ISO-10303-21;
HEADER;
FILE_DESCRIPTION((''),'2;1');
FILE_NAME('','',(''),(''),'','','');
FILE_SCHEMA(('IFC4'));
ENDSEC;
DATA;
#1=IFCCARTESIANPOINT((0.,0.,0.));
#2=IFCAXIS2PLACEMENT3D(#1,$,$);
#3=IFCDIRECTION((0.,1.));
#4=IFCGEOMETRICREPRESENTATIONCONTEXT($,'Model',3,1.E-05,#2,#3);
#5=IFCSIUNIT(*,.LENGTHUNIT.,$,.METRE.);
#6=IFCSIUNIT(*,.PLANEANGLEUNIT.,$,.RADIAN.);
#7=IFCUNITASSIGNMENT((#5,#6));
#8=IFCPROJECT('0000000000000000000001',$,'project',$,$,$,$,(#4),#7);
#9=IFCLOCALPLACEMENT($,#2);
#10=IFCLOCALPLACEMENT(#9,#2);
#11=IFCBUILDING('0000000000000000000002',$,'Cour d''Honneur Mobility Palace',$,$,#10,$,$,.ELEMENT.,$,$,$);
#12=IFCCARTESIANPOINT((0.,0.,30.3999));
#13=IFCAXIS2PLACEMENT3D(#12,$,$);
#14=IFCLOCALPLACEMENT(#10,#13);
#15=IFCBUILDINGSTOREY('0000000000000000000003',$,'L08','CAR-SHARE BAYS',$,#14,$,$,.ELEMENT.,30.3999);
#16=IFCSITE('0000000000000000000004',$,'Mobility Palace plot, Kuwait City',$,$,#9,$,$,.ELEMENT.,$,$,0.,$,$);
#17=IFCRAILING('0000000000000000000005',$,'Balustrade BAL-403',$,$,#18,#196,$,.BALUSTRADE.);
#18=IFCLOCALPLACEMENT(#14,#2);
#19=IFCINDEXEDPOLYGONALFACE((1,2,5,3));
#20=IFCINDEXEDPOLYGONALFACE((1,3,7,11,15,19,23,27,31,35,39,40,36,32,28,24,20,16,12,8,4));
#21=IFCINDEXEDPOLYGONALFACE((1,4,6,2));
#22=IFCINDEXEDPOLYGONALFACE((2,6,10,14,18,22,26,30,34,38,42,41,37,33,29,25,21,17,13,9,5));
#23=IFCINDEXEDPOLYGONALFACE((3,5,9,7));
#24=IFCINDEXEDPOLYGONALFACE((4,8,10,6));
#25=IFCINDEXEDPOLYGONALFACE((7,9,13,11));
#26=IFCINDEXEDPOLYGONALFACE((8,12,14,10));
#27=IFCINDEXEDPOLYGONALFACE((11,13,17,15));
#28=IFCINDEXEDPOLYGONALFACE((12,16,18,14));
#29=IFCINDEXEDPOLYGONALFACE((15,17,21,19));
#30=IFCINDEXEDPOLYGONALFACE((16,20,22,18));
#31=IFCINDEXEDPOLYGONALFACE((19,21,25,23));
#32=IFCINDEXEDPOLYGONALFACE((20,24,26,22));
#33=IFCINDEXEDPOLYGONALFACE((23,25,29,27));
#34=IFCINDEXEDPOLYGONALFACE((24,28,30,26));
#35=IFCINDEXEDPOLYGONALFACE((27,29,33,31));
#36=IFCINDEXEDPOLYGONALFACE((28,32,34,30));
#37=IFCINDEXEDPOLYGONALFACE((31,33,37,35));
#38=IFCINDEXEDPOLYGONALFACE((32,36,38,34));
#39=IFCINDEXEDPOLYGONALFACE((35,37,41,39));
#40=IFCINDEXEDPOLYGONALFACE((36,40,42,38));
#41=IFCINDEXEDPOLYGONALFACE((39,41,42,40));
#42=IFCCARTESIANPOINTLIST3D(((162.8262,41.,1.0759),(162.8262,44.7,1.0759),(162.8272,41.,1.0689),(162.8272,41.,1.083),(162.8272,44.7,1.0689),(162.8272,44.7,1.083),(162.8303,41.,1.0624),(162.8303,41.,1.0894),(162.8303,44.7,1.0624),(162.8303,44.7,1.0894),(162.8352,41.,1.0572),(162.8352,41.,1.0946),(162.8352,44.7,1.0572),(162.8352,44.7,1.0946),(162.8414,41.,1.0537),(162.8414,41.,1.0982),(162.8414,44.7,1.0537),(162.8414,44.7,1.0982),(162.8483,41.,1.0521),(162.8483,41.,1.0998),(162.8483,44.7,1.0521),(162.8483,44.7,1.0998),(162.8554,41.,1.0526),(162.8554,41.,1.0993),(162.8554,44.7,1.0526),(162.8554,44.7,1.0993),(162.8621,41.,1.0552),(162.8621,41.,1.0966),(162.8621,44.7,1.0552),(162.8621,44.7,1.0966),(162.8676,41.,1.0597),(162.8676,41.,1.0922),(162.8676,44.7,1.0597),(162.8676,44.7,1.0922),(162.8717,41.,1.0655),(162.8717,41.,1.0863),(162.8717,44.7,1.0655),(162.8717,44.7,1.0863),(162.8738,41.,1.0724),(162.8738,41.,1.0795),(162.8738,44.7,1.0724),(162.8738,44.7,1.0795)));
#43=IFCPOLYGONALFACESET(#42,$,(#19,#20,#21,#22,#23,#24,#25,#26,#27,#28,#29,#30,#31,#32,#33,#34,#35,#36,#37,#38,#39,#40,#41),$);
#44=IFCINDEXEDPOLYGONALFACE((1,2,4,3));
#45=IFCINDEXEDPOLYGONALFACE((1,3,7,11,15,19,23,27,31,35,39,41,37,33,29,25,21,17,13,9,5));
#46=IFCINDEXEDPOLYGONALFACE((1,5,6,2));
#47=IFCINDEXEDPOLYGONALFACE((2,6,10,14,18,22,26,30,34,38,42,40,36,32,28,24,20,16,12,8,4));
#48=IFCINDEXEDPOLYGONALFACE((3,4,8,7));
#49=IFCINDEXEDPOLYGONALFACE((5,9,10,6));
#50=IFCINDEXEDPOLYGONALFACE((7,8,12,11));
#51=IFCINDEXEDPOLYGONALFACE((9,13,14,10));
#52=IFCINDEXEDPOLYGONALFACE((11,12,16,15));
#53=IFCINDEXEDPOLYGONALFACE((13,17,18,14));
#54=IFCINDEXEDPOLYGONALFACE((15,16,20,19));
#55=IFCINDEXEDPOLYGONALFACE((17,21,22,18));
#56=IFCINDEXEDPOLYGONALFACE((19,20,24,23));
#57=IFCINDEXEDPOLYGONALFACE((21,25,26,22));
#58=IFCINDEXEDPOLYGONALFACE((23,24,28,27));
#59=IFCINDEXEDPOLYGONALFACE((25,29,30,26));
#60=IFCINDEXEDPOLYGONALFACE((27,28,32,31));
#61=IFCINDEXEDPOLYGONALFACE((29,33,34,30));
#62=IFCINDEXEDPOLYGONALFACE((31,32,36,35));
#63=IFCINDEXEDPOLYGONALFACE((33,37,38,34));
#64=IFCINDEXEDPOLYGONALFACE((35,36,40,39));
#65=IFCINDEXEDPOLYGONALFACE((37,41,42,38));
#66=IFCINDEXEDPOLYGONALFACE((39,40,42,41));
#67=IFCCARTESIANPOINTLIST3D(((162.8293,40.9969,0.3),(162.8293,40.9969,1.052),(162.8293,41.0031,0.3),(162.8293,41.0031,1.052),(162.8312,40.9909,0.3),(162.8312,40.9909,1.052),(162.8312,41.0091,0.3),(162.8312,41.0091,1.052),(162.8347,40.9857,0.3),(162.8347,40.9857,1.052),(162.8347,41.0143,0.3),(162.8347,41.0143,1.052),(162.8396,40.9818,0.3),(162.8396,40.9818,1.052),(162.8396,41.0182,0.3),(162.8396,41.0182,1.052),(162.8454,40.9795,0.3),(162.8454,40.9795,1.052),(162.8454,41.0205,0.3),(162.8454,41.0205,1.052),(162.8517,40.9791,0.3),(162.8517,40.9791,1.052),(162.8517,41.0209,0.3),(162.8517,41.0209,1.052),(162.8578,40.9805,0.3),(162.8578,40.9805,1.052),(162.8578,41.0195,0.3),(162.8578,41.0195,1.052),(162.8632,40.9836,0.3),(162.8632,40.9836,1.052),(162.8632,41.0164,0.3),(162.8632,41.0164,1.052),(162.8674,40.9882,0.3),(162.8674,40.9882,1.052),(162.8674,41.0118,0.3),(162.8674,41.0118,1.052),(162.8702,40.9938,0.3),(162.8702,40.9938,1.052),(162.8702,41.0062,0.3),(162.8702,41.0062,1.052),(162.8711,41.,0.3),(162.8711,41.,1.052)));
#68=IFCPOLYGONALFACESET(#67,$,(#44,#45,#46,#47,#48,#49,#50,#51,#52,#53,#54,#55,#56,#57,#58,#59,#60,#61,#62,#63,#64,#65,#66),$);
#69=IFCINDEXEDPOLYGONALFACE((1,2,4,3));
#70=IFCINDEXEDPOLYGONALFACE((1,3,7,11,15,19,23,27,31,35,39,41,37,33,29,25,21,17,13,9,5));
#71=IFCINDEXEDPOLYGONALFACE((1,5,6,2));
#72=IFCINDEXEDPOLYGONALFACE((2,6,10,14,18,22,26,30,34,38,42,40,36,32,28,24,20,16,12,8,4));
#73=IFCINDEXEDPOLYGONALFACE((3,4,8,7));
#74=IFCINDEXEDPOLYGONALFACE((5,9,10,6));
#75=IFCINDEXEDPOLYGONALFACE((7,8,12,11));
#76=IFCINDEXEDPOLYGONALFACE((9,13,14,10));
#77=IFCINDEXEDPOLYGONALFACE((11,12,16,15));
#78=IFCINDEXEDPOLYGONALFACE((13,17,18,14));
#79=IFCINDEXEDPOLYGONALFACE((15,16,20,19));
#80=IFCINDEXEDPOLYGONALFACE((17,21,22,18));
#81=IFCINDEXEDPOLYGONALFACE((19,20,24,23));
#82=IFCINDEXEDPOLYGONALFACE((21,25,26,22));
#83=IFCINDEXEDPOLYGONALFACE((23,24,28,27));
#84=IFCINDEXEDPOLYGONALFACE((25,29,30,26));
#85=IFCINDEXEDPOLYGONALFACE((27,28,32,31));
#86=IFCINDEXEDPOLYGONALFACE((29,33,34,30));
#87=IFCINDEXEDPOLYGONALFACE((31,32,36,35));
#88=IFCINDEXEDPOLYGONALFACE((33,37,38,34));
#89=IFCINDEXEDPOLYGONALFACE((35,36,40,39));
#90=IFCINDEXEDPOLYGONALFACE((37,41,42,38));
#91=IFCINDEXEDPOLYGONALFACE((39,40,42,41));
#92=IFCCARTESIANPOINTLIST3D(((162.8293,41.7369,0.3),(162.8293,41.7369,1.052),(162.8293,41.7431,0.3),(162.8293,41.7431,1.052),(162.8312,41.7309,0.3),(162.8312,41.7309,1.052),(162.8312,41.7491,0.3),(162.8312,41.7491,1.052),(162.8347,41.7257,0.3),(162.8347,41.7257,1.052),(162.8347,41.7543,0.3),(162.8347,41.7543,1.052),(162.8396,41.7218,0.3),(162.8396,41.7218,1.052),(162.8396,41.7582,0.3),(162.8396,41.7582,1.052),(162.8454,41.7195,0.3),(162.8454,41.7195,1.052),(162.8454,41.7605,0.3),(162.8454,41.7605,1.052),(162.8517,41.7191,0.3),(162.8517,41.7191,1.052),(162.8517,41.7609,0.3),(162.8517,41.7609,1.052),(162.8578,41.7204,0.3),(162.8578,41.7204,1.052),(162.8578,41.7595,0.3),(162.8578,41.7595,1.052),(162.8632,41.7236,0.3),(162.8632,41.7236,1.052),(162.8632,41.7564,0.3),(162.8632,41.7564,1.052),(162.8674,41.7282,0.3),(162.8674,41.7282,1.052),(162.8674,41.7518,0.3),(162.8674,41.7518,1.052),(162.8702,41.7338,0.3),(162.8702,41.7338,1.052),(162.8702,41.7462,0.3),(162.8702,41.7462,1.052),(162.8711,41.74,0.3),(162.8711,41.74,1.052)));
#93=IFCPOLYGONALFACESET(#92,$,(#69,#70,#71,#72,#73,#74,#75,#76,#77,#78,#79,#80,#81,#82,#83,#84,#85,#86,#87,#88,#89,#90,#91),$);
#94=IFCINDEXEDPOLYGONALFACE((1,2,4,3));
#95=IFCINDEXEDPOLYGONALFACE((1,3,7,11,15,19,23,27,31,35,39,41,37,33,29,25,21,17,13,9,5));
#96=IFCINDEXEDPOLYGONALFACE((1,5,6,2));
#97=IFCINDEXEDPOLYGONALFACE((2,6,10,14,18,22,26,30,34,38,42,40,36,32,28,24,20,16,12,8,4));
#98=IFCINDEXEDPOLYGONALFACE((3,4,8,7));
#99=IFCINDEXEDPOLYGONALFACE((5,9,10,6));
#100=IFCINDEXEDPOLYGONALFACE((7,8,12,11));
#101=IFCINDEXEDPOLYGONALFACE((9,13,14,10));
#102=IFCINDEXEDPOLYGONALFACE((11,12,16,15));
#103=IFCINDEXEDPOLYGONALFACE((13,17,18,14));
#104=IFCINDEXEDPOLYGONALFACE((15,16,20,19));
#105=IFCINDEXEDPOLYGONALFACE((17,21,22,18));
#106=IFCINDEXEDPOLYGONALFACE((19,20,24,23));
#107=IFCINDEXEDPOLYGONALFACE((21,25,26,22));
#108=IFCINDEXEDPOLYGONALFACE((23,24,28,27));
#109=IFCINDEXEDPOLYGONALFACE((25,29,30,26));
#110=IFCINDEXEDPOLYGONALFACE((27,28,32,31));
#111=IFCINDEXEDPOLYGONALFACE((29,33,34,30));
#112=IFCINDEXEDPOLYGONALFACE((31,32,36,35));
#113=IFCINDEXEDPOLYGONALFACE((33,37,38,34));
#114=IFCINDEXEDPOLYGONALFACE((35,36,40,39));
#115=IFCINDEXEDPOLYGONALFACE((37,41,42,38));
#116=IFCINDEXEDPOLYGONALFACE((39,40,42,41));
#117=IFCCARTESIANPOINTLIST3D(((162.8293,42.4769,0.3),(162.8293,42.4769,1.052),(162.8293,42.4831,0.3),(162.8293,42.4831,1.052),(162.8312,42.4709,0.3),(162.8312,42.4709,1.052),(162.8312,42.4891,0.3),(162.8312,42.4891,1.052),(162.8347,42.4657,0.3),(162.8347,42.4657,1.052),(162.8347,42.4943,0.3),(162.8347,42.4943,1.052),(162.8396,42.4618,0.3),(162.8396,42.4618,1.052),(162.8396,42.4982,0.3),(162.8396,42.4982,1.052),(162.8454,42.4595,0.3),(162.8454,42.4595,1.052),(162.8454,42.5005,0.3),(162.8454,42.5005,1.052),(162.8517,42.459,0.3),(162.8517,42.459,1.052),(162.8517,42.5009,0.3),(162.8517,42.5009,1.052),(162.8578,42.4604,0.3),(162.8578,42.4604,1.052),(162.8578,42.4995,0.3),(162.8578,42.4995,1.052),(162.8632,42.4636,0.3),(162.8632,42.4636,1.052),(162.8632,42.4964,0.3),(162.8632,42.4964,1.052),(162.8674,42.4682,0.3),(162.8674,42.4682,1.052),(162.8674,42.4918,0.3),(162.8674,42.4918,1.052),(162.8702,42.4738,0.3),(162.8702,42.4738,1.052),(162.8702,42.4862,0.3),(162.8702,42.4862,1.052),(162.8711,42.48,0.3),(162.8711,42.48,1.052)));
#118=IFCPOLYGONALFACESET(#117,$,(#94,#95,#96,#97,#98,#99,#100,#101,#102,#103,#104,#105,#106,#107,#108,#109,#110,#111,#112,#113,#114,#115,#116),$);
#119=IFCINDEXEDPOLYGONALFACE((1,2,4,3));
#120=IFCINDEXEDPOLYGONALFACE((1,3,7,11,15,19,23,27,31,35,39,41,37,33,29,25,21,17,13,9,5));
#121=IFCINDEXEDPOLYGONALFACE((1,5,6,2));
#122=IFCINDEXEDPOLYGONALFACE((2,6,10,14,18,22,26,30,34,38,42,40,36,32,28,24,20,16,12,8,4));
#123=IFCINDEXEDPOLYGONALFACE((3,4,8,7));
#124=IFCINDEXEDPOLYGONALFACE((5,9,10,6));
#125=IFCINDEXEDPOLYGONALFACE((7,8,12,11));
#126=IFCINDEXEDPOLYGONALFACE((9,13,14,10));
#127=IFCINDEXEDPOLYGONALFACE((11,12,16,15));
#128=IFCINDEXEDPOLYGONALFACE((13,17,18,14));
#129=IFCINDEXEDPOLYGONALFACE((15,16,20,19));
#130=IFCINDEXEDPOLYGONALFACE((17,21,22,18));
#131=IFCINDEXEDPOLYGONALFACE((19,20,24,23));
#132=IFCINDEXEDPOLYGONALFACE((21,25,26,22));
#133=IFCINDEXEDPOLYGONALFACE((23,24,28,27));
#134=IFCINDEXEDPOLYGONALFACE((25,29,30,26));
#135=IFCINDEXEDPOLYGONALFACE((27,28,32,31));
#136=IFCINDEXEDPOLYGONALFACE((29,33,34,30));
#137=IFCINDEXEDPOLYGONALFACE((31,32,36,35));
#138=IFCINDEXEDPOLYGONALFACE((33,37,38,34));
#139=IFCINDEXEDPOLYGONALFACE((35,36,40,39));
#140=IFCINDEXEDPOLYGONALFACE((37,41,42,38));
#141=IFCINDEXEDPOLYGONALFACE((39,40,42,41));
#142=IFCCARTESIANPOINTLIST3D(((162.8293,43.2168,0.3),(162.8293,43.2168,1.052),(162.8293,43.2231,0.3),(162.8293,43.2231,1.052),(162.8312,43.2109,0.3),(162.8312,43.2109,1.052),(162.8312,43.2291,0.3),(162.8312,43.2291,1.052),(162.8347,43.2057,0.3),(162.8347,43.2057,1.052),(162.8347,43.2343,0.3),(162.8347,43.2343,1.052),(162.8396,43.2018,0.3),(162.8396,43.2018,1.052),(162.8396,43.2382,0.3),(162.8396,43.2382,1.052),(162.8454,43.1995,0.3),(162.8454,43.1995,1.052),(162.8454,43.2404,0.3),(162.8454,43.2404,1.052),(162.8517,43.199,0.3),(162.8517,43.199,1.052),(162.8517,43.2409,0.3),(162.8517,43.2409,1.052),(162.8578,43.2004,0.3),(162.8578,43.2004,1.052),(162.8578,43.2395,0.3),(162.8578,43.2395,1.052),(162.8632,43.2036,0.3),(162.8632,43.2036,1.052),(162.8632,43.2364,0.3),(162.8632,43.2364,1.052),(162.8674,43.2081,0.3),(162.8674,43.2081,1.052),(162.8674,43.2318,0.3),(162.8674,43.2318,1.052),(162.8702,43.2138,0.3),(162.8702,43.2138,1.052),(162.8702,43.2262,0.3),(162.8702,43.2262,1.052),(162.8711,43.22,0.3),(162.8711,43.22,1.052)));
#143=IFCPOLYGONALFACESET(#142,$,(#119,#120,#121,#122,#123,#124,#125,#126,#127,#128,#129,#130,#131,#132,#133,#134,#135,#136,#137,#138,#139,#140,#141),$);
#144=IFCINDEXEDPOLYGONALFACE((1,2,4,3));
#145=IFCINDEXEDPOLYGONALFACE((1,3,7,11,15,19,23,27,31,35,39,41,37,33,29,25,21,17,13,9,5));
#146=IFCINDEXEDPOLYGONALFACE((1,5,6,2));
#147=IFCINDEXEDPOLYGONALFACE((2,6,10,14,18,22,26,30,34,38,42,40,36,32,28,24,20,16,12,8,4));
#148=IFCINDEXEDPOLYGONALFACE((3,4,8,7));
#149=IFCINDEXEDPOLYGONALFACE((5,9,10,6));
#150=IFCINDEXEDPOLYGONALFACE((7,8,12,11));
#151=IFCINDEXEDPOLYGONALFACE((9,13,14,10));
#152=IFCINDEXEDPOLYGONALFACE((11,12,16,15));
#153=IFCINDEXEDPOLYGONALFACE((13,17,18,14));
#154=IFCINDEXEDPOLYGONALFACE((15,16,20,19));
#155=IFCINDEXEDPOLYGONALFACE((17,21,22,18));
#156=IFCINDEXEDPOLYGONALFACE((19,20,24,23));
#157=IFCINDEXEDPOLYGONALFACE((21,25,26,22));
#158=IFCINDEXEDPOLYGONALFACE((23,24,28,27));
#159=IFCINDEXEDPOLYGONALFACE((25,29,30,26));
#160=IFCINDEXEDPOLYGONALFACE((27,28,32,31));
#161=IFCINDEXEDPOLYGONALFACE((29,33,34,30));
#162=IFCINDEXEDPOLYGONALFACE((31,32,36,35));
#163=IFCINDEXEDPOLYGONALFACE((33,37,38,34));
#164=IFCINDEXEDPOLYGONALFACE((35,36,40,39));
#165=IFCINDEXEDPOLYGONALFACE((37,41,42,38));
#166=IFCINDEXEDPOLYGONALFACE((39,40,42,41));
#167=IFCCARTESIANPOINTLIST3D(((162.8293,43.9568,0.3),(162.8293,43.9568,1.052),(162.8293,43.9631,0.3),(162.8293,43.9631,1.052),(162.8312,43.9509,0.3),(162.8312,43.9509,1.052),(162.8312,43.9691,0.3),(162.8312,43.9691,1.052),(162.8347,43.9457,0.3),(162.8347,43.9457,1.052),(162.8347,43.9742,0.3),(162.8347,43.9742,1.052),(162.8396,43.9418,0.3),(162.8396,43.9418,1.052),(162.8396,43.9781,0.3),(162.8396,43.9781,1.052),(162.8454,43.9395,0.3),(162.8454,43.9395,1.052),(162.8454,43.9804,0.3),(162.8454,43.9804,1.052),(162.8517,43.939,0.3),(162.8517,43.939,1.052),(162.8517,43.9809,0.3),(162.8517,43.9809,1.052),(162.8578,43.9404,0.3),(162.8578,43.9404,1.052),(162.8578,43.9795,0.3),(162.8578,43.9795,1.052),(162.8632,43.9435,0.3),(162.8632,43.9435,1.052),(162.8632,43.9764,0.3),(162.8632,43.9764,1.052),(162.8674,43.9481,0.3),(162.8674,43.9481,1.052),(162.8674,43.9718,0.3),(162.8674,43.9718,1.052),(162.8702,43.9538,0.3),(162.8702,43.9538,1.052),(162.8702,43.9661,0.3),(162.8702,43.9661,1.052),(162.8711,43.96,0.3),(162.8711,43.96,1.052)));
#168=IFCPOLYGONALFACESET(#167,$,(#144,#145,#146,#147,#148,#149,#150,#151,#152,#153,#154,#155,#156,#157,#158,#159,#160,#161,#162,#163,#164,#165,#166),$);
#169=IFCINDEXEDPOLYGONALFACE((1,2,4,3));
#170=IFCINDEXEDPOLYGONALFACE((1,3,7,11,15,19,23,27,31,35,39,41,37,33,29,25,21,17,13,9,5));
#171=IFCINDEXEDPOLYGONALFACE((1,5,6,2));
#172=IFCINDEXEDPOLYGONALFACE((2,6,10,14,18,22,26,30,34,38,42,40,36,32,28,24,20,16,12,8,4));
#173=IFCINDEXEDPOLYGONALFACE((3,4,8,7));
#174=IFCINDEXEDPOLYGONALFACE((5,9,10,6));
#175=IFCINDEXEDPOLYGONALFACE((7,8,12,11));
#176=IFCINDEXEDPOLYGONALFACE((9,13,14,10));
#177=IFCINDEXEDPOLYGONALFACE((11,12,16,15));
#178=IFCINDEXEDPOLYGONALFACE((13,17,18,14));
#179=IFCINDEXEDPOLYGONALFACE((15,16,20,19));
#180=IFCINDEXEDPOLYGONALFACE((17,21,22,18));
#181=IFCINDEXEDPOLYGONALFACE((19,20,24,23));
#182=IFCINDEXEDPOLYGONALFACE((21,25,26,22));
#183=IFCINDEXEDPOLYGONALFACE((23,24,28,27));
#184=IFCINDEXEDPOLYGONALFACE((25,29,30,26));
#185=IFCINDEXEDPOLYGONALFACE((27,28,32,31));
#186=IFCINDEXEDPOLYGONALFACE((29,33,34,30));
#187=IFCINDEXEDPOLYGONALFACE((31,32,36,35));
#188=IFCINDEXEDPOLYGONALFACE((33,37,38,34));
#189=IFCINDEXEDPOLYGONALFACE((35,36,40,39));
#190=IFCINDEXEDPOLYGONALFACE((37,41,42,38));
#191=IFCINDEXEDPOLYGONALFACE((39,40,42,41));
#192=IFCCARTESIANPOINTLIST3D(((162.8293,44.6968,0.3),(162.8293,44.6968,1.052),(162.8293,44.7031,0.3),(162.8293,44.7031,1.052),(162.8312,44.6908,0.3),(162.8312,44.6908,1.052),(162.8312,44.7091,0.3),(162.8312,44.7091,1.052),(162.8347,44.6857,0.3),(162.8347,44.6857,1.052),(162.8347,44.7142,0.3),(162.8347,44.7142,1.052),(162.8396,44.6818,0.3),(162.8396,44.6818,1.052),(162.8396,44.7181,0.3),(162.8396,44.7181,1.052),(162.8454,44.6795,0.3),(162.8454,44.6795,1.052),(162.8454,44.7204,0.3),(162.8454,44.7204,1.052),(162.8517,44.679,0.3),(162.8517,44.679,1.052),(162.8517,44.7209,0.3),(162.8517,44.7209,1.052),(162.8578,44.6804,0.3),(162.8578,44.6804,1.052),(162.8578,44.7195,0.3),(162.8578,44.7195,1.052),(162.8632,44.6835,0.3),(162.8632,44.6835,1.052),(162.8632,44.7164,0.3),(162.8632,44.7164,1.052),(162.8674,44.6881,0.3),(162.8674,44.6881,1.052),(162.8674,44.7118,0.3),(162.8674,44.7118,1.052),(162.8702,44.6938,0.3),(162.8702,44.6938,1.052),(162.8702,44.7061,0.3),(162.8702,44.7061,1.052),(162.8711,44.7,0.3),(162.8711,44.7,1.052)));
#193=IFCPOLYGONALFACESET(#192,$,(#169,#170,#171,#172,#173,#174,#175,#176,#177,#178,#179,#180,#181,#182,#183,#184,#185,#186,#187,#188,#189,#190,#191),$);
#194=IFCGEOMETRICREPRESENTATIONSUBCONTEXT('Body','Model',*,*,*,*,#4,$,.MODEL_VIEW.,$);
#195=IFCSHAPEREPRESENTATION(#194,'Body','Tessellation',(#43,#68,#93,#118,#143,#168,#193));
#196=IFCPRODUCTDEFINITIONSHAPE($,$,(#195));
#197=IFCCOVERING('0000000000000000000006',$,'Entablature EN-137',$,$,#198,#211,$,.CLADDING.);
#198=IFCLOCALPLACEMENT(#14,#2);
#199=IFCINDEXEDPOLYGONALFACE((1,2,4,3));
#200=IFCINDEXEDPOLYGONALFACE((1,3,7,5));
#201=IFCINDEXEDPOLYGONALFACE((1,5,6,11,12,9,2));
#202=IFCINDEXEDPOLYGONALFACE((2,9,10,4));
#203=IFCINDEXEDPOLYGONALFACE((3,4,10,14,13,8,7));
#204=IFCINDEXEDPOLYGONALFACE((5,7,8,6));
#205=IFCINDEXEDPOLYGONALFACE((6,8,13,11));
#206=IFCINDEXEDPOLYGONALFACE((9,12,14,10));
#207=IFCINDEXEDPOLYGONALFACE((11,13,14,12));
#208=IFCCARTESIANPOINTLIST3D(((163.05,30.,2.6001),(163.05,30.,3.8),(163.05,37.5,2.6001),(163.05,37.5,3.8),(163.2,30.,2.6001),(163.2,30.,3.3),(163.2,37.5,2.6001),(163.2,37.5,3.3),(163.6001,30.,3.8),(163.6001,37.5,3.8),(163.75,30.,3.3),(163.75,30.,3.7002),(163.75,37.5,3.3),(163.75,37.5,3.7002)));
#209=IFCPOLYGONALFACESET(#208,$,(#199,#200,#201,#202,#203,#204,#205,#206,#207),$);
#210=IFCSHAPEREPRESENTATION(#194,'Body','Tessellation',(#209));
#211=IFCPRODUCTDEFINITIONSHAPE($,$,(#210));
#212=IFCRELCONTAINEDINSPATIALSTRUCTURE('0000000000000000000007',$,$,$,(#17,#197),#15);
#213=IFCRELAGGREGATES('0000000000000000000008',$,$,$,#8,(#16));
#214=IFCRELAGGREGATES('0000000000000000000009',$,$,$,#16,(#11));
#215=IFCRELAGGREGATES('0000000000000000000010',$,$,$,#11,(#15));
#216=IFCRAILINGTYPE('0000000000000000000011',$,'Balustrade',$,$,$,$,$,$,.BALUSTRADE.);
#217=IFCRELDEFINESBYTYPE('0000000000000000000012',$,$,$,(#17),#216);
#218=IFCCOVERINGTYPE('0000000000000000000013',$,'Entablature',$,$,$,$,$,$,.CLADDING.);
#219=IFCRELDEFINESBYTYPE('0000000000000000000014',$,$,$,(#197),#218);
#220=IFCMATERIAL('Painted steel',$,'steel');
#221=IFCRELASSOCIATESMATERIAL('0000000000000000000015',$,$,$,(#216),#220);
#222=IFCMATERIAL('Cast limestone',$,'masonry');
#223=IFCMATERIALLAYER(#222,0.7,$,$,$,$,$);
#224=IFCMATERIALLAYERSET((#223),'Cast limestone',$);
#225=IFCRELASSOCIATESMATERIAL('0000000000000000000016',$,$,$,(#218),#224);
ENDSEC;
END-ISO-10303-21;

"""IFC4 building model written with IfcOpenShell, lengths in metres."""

from ifc_helpers import new_model, si_unit, direction, frame, origin, origin_2d, place, context, subcontext, project, spatial, polyline, circle, outline, extrude, material, layer, layer_set, type_object, element, save


model = new_model("IFC4")

# Units and contexts
model_context = context("Model", 3, precision=1e-05, world=origin(), true_north=direction((0.0, 1.0)))
body_context = subcontext(model_context, "Body", "Model", "MODEL_VIEW")
ifc_project = project(units=[si_unit("LENGTHUNIT", "METRE"), si_unit("PLANEANGLEUNIT", "RADIAN")], contexts=[model_context])

# Site, building, storey
site_placement = place(None, origin())
site = spatial("IfcSite", under=ifc_project, at=site_placement, Name="Mobility Palace plot, Kuwait City", CompositionType="ELEMENT", RefElevation=0.0)
building_placement = place(site_placement, origin())
building = spatial("IfcBuilding", under=site, at=building_placement, Name="Cour d'Honneur Mobility Palace", CompositionType="ELEMENT")
storey_placement = place(building_placement, frame((0.0, 0.0, 30.3999)))
storey = spatial("IfcBuildingStorey", under=building, at=storey_placement, Name="L08", Description="CAR-SHARE BAYS", CompositionType="ELEMENT", Elevation=30.3999)

# Railing
ifc_material_1 = material(Name="Painted steel", Category="steel")
railing_type = type_object("IfcRailingType", Name="Balustrade", PredefinedType="BALUSTRADE", material=ifc_material_1)
railing_placement = place(storey_placement, frame((162.8501, 41.0, 0.3)))
element("IfcRailing", 1, at=railing_placement, inside=storey, type_object=railing_type, Name="Balustrade BAL-403", PredefinedType="BALUSTRADE", context=body_context, shape_type="SweptSolid", body=[
    extrude(circle(Radius=0.0239, at=origin_2d()), frame((0.0, 0.0, 0.7759), z_axis=(0.0, 1.0, 0.0), x_axis=(-1.0, 0.0, 0.0)), (0.0, 0.0, 1.0), 3.7),
    extrude(circle(Radius=0.021, at=origin_2d()), origin(), (0.0, 0.0, 1.0), 0.752),
    extrude(circle(Radius=0.021, at=origin_2d()), frame((0.0, 0.74, 0.0)), (0.0, 0.0, 1.0), 0.752),
    extrude(circle(Radius=0.021, at=origin_2d()), frame((0.0, 1.48, 0.0)), (0.0, 0.0, 1.0), 0.752),
    extrude(circle(Radius=0.021, at=origin_2d()), frame((0.0, 2.22, 0.0)), (0.0, 0.0, 1.0), 0.752),
    extrude(circle(Radius=0.021, at=origin_2d()), frame((0.0, 2.96, 0.0)), (0.0, 0.0, 1.0), 0.752),
    extrude(circle(Radius=0.021, at=origin_2d()), frame((0.0, 3.7, 0.0)), (0.0, 0.0, 1.0), 0.752),
])

# Covering
ifc_material_2 = material(Name="Cast limestone", Category="masonry")
ifc_layer_1 = layer(ifc_material_2, 0.7)
ifc_layer_set_1 = layer_set([ifc_layer_1], Name="Cast limestone")
covering_type_1 = type_object("IfcCoveringType", Name="Entablature", PredefinedType="CLADDING", material=ifc_layer_set_1)
covering_1_placement = place(storey_placement, frame((163.05, 30.0, 2.6001), z_axis=(0.0, -1.0, 0.0), x_axis=(1.0, 0.0, 0.0)))
element("IfcCovering", 2, at=covering_1_placement, inside=storey, type_object=covering_type_1, Name="Entablature EN-137", PredefinedType="CLADDING", context=body_context, shape_type="SweptSolid", body=[
    extrude(outline(polyline([(0.0, 0.0), (0.1499, 0.0), (0.1499, 0.7), (0.7, 0.7), (0.7, 1.1001), (0.55, 1.2), (0.0, 1.2), (0.0, 0.0)])), origin(), (0.0, 0.0, -1.0), 7.5),
])

save(model, "model.ifc")
